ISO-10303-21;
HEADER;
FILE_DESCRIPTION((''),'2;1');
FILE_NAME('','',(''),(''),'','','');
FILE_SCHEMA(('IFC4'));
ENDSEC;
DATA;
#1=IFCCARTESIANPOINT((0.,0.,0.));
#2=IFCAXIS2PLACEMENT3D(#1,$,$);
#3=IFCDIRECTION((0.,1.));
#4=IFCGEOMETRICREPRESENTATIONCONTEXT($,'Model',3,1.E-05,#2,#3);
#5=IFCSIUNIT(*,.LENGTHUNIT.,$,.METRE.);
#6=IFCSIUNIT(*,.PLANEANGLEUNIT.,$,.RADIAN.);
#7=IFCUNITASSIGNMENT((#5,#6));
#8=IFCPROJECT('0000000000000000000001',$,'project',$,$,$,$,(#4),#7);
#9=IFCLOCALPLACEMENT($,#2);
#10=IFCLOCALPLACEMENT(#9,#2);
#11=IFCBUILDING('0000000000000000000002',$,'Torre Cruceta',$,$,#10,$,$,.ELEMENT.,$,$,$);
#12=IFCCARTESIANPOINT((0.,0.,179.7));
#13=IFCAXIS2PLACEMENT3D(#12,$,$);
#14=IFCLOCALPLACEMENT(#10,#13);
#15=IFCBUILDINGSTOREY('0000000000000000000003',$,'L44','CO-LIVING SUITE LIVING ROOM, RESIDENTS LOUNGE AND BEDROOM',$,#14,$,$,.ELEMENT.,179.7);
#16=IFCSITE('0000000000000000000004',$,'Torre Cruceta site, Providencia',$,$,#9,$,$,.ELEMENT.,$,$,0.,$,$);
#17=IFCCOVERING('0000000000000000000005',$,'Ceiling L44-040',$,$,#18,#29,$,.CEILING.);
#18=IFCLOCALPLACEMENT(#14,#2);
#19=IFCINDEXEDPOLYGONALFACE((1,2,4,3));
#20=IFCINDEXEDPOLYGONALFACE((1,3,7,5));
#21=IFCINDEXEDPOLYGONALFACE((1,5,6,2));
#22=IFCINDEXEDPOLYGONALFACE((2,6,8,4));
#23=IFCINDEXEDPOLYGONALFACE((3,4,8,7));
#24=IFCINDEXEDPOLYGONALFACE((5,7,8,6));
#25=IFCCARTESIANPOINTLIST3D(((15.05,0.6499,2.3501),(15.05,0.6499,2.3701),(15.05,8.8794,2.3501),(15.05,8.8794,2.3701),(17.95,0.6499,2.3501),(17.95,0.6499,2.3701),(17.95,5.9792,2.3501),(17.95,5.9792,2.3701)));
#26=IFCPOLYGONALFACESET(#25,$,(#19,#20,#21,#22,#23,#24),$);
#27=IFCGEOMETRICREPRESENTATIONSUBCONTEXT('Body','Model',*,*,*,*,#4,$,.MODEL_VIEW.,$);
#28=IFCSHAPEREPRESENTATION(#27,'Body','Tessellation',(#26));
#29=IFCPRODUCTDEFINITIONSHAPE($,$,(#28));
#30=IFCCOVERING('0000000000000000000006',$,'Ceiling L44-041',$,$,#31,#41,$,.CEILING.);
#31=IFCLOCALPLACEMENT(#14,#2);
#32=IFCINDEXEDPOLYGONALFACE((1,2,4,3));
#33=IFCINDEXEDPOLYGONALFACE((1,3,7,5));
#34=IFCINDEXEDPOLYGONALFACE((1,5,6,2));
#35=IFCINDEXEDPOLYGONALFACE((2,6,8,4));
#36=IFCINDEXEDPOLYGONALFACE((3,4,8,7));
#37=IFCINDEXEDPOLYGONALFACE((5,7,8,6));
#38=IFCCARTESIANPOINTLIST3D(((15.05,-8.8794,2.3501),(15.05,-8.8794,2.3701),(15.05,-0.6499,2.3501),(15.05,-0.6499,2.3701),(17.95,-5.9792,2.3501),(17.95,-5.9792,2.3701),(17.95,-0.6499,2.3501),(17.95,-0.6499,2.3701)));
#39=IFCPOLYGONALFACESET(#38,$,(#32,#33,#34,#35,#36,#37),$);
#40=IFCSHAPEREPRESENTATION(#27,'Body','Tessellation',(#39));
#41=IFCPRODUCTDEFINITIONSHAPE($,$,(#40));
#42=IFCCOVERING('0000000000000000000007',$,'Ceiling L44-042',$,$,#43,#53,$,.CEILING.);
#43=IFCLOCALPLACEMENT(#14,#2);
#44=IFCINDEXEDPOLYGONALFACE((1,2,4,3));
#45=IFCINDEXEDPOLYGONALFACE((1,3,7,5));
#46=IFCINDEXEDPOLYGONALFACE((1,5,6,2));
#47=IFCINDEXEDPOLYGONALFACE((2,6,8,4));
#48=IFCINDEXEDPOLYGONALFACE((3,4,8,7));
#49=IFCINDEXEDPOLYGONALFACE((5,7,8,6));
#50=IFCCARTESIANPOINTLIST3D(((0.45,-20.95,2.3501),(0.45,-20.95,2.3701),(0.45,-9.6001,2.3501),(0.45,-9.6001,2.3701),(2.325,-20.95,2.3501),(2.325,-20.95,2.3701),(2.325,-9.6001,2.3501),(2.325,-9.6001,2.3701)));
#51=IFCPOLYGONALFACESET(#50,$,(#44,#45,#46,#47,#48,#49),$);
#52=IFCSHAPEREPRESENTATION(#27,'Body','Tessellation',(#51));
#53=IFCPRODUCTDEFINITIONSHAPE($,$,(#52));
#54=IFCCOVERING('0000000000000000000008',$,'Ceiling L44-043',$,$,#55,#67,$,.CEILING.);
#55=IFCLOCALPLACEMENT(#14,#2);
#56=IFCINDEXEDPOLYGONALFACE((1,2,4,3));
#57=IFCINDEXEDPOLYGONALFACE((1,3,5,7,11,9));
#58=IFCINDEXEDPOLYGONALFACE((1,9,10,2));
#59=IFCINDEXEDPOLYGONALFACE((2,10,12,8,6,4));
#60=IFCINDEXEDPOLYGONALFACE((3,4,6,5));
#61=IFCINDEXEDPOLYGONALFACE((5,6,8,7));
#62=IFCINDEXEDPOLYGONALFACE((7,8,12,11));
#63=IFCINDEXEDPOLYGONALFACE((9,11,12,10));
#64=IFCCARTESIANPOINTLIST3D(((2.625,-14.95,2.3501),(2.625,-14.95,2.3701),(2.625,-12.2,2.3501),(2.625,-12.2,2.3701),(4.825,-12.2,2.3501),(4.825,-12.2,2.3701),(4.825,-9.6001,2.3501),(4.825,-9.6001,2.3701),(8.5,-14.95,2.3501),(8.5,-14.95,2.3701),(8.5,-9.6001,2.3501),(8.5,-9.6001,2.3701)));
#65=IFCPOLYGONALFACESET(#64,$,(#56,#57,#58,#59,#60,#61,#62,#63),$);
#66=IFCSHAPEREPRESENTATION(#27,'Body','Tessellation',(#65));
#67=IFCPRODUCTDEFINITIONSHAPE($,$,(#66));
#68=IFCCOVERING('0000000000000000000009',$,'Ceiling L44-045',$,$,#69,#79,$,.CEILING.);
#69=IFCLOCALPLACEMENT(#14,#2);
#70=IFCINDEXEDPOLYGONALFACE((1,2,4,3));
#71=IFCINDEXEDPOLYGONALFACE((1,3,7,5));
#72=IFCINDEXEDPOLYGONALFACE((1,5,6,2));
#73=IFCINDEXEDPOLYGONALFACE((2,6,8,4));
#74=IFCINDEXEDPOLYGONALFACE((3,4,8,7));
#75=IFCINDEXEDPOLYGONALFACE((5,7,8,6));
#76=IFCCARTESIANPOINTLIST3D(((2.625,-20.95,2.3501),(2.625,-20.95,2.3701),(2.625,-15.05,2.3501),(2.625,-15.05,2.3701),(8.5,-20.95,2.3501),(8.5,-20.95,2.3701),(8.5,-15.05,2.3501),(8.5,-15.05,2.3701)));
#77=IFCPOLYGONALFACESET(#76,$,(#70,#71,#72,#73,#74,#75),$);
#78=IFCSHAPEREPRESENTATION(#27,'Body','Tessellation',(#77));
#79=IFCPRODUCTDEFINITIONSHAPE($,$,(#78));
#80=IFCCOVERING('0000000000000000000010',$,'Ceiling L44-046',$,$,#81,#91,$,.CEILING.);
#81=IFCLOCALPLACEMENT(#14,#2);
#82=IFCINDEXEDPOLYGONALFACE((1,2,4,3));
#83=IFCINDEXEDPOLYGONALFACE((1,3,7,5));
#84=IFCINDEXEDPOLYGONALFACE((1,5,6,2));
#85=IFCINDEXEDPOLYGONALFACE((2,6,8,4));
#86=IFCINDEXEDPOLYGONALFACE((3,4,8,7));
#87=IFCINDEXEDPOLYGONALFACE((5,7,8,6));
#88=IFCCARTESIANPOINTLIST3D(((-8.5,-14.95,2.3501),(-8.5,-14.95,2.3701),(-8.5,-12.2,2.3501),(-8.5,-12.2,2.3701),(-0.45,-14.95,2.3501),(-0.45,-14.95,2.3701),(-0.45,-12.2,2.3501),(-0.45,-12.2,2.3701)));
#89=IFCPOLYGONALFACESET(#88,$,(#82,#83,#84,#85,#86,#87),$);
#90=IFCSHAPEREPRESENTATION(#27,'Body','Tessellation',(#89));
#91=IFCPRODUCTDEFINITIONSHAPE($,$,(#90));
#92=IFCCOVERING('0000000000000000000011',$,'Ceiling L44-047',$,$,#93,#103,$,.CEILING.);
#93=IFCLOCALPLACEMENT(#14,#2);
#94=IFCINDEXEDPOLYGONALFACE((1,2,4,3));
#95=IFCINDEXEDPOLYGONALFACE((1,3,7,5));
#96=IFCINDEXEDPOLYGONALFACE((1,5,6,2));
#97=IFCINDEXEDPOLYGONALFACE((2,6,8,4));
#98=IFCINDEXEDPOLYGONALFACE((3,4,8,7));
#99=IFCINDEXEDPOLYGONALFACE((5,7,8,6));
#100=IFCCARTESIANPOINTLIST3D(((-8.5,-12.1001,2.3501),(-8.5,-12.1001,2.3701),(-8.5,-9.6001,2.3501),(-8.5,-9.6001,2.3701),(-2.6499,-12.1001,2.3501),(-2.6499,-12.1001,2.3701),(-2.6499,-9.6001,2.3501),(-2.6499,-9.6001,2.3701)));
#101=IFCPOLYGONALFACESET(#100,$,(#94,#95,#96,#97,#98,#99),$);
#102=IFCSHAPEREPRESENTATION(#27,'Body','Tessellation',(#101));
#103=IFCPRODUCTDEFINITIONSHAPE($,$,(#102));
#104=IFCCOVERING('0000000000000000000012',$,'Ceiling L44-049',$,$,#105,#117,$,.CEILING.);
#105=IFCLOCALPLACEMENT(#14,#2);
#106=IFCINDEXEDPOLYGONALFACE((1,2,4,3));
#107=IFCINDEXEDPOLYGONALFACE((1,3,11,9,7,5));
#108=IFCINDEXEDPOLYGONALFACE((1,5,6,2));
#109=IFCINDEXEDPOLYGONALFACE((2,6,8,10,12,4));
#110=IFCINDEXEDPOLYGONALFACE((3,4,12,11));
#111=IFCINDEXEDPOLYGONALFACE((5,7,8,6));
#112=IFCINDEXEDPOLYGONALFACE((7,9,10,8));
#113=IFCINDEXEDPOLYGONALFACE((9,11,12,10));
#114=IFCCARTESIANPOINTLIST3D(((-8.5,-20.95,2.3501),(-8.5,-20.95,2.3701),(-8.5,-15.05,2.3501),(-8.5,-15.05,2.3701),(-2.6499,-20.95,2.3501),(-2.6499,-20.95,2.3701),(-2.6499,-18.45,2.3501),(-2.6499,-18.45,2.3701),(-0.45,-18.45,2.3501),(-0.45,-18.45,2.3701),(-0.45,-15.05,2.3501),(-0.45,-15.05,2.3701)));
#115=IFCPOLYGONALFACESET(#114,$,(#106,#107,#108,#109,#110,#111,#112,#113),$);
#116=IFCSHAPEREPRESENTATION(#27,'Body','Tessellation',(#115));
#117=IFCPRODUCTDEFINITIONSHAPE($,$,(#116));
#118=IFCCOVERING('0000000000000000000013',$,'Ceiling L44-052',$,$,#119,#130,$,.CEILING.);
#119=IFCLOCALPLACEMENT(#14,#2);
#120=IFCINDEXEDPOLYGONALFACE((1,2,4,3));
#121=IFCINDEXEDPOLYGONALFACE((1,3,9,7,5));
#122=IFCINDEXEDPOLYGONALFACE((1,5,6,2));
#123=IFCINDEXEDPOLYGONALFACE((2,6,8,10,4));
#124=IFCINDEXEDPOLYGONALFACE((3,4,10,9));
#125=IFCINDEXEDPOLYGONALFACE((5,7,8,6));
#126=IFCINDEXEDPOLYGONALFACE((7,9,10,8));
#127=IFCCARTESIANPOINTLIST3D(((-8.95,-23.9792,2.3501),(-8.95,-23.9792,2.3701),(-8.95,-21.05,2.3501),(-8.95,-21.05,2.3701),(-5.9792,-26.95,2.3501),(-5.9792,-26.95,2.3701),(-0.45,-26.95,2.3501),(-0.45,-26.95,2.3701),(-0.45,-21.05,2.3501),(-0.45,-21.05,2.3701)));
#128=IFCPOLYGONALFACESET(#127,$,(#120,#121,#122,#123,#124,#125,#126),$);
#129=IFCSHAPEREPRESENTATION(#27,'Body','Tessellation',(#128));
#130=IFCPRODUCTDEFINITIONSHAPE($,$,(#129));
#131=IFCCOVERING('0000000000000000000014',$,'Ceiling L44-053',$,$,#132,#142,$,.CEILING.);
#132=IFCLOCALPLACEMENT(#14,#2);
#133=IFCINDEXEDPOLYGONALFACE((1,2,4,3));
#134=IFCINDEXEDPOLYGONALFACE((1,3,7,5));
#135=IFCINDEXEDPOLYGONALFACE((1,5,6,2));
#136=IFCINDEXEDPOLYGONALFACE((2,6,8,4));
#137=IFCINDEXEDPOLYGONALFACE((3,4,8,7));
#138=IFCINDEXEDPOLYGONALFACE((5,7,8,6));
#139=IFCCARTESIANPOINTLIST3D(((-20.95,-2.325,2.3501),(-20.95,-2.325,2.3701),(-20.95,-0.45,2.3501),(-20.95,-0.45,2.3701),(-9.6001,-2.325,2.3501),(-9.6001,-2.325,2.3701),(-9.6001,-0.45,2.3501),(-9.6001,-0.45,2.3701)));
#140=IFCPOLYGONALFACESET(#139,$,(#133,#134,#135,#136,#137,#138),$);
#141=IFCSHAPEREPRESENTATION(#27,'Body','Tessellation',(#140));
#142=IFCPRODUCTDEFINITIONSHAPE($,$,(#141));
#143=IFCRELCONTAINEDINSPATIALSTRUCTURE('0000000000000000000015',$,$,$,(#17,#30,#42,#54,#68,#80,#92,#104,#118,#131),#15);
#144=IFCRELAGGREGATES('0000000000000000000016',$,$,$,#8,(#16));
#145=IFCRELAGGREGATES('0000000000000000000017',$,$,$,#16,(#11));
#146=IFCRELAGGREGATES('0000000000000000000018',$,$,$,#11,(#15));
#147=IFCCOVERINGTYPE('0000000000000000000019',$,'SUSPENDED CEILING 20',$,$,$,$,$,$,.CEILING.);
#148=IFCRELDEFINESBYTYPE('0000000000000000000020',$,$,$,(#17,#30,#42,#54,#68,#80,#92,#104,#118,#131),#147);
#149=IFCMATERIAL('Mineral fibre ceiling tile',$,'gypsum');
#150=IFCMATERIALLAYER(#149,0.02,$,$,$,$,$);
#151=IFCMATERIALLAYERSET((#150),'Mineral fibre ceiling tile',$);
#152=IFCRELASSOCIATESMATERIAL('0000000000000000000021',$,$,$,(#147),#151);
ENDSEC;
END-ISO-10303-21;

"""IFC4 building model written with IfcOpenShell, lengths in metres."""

from ifc_helpers import new_model, si_unit, direction, frame, origin, place, context, subcontext, project, spatial, polyline, outline, extrude, material, layer, layer_set, type_object, element, save


model = new_model("IFC4")

# Units and contexts
model_context = context("Model", 3, precision=1e-05, world=origin(), true_north=direction((0.0, 1.0)))
body_context = subcontext(model_context, "Body", "Model", "MODEL_VIEW")
ifc_project = project(units=[si_unit("LENGTHUNIT", "METRE"), si_unit("PLANEANGLEUNIT", "RADIAN")], contexts=[model_context])

# Site, building, storey
site_placement = place(None, origin())
site = spatial("IfcSite", under=ifc_project, at=site_placement, Name="Torre Cruceta site, Providencia", CompositionType="ELEMENT", RefElevation=0.0)
building_placement = place(site_placement, origin())
building = spatial("IfcBuilding", under=site, at=building_placement, Name="Torre Cruceta", CompositionType="ELEMENT")
storey_placement = place(building_placement, frame((0.0, 0.0, 179.7)))
storey = spatial("IfcBuildingStorey", under=building, at=storey_placement, Name="L44", Description="CO-LIVING SUITE LIVING ROOM, RESIDENTS LOUNGE AND BEDROOM", CompositionType="ELEMENT", Elevation=179.7)

# Coverings
ifc_material_1 = material(Name="Mineral fibre ceiling tile", Category="gypsum")
ifc_layer_1 = layer(ifc_material_1, 0.02)
ifc_layer_set_1 = layer_set([ifc_layer_1], Name="Mineral fibre ceiling tile")
covering_type = type_object("IfcCoveringType", Name="SUSPENDED CEILING 20", PredefinedType="CEILING", material=ifc_layer_set_1)
covering_1_placement = place(storey_placement, frame((0.0, 0.0, 2.3501)))
element("IfcCovering", 1, at=covering_1_placement, inside=storey, type_object=covering_type, Name="Ceiling L44-040", PredefinedType="CEILING", context=body_context, shape_type="SweptSolid", body=[
    extrude(outline(polyline([(17.95, 5.9792), (17.95, 0.6499), (15.05, 0.6499), (15.05, 8.8794), (17.95, 5.9792)])), origin(), (0.0, 0.0, 1.0), 0.02),
])
covering_2_placement = place(storey_placement, frame((0.0, 0.0, 2.3501)))
element("IfcCovering", 2, at=covering_2_placement, inside=storey, type_object=covering_type, Name="Ceiling L44-041", PredefinedType="CEILING", context=body_context, shape_type="SweptSolid", body=[
    extrude(outline(polyline([(15.05, -8.8794), (15.05, -0.6499), (17.95, -0.6499), (17.95, -5.9792), (15.05, -8.8794)])), origin(), (0.0, 0.0, 1.0), 0.02),
])
covering_3_placement = place(storey_placement, frame((0.0, 0.0, 2.3501)))
element("IfcCovering", 3, at=covering_3_placement, inside=storey, type_object=covering_type, Name="Ceiling L44-042", PredefinedType="CEILING", context=body_context, shape_type="SweptSolid", body=[
    extrude(outline(polyline([(0.45, -9.6001), (2.325, -9.6001), (2.325, -20.95), (0.45, -20.95), (0.45, -9.6001)])), origin(), (0.0, 0.0, 1.0), 0.02),
])
covering_4_placement = place(storey_placement, frame((0.0, 0.0, 2.3501)))
element("IfcCovering", 4, at=covering_4_placement, inside=storey, type_object=covering_type, Name="Ceiling L44-043", PredefinedType="CEILING", context=body_context, shape_type="SweptSolid", body=[
    extrude(outline(polyline([(8.5, -9.6001), (8.5, -14.95), (2.625, -14.95), (2.625, -12.2), (4.825, -12.2), (4.825, -9.6001), (8.5, -9.6001)])), origin(), (0.0, 0.0, 1.0), 0.02),
])
covering_5_placement = place(storey_placement, frame((0.0, 0.0, 2.3501)))
element("IfcCovering", 5, at=covering_5_placement, inside=storey, type_object=covering_type, Name="Ceiling L44-045", PredefinedType="CEILING", context=body_context, shape_type="SweptSolid", body=[
    extrude(outline(polyline([(2.625, -15.05), (8.5, -15.05), (8.5, -20.95), (2.625, -20.95), (2.625, -15.05)])), origin(), (0.0, 0.0, 1.0), 0.02),
])
covering_6_placement = place(storey_placement, frame((0.0, 0.0, 2.3501)))
element("IfcCovering", 6, at=covering_6_placement, inside=storey, type_object=covering_type, Name="Ceiling L44-046", PredefinedType="CEILING", context=body_context, shape_type="SweptSolid", body=[
    extrude(outline(polyline([(-8.5, -14.95), (-8.5, -12.2), (-0.45, -12.2), (-0.45, -14.95), (-8.5, -14.95)])), origin(), (0.0, 0.0, 1.0), 0.02),
])
covering_7_placement = place(storey_placement, frame((0.0, 0.0, 2.3501)))
element("IfcCovering", 7, at=covering_7_placement, inside=storey, type_object=covering_type, Name="Ceiling L44-047", PredefinedType="CEILING", context=body_context, shape_type="SweptSolid", body=[
    extrude(outline(polyline([(-8.5, -9.6001), (-2.6499, -9.6001), (-2.6499, -12.1001), (-8.5, -12.1001), (-8.5, -9.6001)])), origin(), (0.0, 0.0, 1.0), 0.02),
])
covering_8_placement = place(storey_placement, frame((0.0, 0.0, 2.3501)))
element("IfcCovering", 8, at=covering_8_placement, inside=storey, type_object=covering_type, Name="Ceiling L44-049", PredefinedType="CEILING", context=body_context, shape_type="SweptSolid", body=[
    extrude(outline(polyline([(-8.5, -20.95), (-8.5, -15.05), (-0.45, -15.05), (-0.45, -18.45), (-2.6499, -18.45), (-2.6499, -20.95), (-8.5, -20.95)])), origin(), (0.0, 0.0, 1.0), 0.02),
])
covering_9_placement = place(storey_placement, frame((0.0, 0.0, 2.3501)))
element("IfcCovering", 9, at=covering_9_placement, inside=storey, type_object=covering_type, Name="Ceiling L44-052", PredefinedType="CEILING", context=body_context, shape_type="SweptSolid", body=[
    extrude(outline(polyline([(-8.95, -23.9792), (-8.95, -21.05), (-0.45, -21.05), (-0.45, -26.95), (-5.9792, -26.95), (-8.95, -23.9792)])), origin(), (0.0, 0.0, 1.0), 0.02),
])
covering_10_placement = place(storey_placement, frame((0.0, 0.0, 2.3501)))
element("IfcCovering", 10, at=covering_10_placement, inside=storey, type_object=covering_type, Name="Ceiling L44-053", PredefinedType="CEILING", context=body_context, shape_type="SweptSolid", body=[
    extrude(outline(polyline([(-9.6001, -0.45), (-9.6001, -2.325), (-20.95, -2.325), (-20.95, -0.45), (-9.6001, -0.45)])), origin(), (0.0, 0.0, 1.0), 0.02),
])

save(model, "model.ifc")
